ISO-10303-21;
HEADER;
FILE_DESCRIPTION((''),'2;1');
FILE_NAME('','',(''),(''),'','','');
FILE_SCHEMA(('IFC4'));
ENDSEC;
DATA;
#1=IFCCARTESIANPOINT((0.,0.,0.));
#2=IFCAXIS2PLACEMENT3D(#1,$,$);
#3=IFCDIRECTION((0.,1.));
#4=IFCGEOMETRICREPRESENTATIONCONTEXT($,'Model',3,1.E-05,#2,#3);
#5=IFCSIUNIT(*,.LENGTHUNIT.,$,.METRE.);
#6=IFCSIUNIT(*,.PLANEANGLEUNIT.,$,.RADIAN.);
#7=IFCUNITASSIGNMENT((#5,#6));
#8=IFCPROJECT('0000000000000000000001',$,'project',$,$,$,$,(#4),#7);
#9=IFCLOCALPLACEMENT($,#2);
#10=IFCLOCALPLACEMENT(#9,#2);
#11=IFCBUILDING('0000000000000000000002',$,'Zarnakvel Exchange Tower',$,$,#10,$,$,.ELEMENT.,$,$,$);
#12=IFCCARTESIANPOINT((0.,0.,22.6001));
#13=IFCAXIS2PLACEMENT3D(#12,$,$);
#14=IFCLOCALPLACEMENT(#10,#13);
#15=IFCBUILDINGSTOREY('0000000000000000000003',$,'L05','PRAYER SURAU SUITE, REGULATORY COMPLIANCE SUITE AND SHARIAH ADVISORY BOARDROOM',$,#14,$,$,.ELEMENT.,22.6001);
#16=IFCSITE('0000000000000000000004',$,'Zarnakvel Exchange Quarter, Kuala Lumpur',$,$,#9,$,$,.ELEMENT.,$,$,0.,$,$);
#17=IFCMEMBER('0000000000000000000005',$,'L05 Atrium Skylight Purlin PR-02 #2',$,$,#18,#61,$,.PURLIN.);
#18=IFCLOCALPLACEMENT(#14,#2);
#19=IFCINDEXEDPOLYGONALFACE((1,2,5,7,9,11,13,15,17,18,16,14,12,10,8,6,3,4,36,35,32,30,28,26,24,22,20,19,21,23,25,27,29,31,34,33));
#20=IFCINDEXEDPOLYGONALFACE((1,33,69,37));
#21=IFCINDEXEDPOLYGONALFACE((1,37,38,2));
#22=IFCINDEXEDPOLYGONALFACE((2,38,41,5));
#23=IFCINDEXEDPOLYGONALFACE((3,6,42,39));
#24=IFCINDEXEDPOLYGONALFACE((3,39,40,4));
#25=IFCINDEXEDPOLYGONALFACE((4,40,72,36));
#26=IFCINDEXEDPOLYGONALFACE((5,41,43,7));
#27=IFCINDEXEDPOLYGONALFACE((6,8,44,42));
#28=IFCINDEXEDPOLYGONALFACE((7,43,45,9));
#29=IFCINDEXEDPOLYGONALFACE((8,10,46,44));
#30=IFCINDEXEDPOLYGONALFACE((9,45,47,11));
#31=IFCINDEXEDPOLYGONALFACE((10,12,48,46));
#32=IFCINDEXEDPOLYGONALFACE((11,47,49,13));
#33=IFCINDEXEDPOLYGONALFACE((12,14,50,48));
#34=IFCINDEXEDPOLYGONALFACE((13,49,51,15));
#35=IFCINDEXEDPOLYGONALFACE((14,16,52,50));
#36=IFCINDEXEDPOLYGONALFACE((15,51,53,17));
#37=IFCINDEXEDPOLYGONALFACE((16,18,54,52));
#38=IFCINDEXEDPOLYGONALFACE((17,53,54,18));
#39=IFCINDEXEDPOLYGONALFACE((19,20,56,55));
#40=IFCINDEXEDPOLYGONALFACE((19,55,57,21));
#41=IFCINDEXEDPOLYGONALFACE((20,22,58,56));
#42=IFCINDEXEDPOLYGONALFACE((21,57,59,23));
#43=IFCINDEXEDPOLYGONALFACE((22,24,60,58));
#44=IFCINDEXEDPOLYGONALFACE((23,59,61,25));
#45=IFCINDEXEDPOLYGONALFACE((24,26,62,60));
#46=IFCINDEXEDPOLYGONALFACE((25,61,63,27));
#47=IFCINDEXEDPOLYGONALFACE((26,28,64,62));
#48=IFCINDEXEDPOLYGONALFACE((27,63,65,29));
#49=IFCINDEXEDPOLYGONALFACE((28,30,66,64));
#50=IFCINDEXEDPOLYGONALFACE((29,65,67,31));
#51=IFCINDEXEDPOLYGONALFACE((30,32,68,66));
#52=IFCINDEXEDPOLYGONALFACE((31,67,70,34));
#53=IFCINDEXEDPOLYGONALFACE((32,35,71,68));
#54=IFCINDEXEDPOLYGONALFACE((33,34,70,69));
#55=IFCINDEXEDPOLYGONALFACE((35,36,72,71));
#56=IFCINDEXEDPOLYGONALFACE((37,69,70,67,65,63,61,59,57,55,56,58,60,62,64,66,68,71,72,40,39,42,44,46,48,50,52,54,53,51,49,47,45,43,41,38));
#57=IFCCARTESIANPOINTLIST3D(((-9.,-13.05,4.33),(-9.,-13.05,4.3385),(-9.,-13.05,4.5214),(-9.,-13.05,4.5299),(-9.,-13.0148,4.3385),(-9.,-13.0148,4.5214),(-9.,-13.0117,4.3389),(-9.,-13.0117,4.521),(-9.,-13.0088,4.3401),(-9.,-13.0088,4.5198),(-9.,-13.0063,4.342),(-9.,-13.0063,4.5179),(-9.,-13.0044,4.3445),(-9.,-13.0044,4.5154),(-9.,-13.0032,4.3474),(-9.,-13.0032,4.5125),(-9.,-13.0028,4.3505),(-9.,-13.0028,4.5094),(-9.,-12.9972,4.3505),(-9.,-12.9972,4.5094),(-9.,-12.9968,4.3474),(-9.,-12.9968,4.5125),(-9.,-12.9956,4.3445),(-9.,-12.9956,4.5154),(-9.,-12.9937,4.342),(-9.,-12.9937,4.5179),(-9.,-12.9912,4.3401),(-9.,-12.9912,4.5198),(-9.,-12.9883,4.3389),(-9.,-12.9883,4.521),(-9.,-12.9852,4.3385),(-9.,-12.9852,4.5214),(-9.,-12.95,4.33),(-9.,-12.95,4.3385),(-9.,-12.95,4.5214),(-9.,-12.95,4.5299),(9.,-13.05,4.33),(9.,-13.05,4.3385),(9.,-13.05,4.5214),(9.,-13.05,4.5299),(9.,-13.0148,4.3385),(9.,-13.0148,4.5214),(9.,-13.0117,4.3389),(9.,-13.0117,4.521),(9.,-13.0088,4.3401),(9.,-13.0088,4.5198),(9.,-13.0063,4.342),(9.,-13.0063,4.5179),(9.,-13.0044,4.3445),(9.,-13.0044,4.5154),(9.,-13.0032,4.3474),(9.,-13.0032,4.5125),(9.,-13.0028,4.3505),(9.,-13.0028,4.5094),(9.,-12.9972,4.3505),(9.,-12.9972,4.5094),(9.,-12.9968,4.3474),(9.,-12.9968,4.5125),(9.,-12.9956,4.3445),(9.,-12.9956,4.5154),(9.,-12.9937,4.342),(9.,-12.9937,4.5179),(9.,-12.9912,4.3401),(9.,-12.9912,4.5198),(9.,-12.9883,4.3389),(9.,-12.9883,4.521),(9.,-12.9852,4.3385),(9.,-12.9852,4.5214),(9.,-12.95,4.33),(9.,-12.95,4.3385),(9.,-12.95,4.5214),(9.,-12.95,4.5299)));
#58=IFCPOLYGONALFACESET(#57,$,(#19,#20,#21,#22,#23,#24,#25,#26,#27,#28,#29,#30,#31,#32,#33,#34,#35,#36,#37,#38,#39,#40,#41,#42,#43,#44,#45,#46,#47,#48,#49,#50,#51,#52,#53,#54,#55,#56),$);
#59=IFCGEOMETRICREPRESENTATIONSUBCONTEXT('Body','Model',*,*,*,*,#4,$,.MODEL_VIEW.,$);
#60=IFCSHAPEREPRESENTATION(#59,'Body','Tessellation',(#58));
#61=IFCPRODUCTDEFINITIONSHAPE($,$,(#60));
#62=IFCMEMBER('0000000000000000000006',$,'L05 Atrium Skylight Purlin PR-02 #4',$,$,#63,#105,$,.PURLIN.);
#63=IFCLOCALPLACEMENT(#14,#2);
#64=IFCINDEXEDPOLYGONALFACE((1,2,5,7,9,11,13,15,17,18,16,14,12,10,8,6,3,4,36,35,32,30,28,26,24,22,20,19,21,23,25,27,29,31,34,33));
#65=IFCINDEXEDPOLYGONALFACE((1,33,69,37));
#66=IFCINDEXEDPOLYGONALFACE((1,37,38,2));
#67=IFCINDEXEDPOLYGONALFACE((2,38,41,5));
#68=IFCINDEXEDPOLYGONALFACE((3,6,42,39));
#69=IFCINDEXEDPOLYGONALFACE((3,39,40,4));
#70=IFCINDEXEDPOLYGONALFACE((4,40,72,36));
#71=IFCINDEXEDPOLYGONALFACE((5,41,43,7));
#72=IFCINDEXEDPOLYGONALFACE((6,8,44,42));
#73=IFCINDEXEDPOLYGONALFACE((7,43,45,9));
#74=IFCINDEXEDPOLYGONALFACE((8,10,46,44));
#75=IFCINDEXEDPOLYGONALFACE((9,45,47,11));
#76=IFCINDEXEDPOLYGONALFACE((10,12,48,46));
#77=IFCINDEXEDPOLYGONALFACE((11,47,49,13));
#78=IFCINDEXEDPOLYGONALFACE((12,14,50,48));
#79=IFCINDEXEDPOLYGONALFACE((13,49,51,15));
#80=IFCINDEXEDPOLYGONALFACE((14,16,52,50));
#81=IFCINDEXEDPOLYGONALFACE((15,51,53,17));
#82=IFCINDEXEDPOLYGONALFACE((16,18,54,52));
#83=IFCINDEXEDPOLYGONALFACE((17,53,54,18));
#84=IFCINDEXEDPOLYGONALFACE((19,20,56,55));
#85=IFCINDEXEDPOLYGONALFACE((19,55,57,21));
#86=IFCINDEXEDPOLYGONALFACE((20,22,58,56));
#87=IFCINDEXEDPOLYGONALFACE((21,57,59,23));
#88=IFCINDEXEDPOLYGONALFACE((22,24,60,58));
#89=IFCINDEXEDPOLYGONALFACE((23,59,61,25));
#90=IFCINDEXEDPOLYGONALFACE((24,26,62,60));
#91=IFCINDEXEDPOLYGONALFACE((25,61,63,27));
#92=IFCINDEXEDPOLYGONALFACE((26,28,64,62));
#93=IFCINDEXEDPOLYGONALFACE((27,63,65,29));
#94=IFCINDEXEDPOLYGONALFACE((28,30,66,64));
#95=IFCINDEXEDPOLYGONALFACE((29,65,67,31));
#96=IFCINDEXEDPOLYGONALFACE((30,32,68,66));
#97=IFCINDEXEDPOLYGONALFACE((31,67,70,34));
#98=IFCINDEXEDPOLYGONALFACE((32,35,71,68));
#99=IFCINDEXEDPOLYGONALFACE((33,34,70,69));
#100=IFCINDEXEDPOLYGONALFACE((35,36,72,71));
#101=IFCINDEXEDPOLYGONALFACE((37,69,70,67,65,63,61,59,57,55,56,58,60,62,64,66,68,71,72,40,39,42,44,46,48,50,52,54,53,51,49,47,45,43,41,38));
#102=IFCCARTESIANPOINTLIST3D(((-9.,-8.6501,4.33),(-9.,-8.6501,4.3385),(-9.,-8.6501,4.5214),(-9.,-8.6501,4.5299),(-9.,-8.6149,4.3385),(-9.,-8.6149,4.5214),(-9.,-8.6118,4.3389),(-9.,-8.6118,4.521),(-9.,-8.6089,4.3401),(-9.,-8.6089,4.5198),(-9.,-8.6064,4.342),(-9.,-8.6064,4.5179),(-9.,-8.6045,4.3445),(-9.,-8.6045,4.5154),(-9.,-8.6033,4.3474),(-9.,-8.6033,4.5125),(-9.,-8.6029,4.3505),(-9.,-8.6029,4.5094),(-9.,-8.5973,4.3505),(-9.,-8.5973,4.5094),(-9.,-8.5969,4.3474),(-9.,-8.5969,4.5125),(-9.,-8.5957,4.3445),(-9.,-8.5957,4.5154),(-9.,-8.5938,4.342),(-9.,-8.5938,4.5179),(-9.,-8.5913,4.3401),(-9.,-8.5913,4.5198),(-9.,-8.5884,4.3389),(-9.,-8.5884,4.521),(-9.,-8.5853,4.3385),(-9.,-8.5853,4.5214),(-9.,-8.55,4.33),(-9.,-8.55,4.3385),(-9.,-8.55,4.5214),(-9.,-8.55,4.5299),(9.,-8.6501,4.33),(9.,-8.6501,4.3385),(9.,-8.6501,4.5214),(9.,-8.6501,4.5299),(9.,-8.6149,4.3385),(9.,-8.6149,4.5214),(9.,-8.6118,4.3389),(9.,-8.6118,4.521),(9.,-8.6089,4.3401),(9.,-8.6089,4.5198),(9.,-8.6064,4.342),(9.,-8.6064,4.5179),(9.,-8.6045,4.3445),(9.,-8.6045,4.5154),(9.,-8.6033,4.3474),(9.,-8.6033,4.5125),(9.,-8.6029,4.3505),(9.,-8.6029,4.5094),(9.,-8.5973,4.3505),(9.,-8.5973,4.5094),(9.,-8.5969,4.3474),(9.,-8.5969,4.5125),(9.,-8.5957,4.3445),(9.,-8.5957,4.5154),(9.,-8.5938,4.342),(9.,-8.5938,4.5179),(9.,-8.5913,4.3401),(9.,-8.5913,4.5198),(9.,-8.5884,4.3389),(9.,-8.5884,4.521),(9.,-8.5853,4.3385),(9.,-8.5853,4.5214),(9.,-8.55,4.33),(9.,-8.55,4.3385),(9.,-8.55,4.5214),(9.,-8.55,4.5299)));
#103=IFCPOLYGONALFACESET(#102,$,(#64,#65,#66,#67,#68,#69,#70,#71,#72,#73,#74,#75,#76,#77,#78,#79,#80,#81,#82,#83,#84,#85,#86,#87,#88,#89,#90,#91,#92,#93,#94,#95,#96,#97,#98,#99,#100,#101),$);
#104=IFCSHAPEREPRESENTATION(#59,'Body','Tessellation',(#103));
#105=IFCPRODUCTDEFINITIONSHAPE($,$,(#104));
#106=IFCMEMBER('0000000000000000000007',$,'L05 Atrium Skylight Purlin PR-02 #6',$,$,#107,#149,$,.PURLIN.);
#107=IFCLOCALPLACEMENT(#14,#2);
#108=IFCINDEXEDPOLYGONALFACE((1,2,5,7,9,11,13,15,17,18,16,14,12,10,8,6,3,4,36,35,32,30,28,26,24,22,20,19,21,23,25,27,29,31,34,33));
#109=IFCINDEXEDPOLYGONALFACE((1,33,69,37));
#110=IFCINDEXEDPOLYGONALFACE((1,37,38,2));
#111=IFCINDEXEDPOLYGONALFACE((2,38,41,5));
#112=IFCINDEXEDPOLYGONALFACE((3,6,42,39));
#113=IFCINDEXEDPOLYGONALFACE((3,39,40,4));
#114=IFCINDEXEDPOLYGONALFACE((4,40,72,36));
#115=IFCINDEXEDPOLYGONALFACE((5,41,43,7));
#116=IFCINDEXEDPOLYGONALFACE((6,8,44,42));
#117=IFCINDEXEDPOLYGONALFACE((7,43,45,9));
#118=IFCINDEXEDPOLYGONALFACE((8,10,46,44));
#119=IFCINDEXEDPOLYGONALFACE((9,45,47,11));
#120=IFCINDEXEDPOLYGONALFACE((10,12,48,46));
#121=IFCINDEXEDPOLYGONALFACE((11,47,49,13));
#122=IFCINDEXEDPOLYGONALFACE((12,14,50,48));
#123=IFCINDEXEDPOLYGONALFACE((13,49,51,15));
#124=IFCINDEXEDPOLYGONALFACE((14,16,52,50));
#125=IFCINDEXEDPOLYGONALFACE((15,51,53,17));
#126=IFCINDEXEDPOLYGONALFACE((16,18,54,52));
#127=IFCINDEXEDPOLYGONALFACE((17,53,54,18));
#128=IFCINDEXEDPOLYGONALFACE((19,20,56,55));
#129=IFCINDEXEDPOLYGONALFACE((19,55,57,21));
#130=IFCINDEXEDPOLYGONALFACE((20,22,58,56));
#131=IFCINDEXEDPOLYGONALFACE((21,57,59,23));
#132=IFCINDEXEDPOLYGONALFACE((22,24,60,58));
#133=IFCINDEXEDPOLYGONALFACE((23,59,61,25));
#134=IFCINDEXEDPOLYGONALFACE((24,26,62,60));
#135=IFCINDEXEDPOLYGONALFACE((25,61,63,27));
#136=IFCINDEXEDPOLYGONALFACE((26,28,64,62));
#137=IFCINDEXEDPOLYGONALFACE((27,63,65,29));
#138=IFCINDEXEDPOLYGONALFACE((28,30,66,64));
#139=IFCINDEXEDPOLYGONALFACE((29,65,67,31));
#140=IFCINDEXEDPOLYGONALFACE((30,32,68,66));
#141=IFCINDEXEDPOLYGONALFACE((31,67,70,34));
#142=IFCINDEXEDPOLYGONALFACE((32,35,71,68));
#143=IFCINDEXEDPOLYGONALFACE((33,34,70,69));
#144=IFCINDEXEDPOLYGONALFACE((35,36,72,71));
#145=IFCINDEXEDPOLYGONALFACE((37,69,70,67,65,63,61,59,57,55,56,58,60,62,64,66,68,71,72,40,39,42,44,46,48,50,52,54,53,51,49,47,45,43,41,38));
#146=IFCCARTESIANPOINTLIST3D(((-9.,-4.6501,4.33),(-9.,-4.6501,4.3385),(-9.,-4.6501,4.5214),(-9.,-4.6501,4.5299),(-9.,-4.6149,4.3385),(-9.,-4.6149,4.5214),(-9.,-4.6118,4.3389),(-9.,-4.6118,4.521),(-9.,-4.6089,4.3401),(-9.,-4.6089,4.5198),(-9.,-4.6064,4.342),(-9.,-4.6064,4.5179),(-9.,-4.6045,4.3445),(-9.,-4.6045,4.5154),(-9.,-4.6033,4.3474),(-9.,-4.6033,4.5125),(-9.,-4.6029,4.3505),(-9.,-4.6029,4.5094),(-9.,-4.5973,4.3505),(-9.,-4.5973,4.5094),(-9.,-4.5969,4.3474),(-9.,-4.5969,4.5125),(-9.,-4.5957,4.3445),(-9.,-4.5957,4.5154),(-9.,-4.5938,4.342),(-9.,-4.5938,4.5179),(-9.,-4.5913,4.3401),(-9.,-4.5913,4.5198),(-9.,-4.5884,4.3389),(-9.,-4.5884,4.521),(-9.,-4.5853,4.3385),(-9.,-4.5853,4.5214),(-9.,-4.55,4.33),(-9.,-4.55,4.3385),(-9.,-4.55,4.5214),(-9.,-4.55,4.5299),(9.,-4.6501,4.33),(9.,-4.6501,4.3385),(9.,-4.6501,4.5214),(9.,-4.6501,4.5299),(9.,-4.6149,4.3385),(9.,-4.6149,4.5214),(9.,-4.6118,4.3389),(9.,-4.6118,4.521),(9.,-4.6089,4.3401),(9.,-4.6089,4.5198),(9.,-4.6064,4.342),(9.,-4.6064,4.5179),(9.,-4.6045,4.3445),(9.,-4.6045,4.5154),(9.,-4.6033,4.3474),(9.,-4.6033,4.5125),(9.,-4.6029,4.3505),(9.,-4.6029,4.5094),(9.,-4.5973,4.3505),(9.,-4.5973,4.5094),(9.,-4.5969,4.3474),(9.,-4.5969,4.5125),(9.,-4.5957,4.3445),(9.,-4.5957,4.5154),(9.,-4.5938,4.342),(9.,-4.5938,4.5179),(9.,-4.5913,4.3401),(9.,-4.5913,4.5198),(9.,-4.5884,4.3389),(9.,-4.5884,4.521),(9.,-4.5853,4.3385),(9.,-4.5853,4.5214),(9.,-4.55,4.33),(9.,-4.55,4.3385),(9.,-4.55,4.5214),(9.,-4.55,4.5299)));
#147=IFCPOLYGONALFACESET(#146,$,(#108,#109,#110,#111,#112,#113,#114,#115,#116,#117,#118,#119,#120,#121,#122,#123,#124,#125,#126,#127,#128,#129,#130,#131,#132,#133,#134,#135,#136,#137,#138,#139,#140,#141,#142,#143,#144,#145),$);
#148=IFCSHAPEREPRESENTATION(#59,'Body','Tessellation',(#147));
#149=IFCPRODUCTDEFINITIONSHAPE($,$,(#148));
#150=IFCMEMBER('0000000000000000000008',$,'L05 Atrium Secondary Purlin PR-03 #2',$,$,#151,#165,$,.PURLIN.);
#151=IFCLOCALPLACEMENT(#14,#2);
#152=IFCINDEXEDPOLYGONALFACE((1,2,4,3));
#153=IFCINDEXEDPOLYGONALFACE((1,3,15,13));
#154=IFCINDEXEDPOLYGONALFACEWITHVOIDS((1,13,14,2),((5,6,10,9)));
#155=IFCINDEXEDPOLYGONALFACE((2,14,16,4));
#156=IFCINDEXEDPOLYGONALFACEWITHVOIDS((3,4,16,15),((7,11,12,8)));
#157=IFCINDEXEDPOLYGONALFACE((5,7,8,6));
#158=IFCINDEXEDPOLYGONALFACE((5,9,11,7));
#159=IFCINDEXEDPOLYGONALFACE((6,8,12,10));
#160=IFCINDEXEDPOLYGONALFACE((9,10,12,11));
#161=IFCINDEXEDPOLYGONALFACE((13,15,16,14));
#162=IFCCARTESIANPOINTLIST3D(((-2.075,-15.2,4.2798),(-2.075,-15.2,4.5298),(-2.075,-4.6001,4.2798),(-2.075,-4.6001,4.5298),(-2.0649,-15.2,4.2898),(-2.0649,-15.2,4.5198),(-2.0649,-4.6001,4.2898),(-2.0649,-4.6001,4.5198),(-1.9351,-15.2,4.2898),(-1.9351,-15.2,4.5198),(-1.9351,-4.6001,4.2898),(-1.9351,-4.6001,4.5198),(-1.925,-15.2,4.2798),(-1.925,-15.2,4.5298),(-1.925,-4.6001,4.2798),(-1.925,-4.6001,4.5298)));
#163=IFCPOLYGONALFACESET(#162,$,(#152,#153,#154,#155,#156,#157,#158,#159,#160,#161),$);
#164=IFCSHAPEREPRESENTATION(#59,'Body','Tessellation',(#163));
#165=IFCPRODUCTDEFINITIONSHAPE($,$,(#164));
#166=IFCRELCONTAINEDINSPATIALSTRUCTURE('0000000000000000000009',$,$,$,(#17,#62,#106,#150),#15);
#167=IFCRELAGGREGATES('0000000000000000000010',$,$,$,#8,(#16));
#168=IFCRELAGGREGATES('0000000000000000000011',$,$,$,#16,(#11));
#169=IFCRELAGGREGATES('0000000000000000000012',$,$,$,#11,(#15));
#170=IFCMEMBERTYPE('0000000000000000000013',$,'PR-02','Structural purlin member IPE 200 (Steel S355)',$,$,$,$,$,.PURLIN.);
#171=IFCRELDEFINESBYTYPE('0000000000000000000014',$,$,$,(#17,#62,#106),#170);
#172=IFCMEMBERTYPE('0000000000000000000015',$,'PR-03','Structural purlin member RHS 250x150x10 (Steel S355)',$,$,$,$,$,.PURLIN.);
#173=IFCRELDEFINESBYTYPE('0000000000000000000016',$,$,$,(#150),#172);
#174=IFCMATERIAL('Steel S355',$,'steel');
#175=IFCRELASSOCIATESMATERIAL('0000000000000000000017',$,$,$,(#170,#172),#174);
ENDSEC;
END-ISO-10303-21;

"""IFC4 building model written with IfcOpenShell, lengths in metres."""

from ifc_helpers import new_model, si_unit, direction, frame, origin, origin_2d, place, context, subcontext, project, spatial, hollow_rectangle, i_section, extrude, source, transform, mapped, material, material_profile, profile_set, type_object, element, save


model = new_model("IFC4")

# Units and contexts
model_context = context("Model", 3, precision=1e-05, world=origin(), true_north=direction((0.0, 1.0)))
body_context = subcontext(model_context, "Body", "Model", "MODEL_VIEW")
ifc_project = project(units=[si_unit("LENGTHUNIT", "METRE"), si_unit("PLANEANGLEUNIT", "RADIAN")], contexts=[model_context])

# Site, building, storey
site_placement = place(None, origin())
site = spatial("IfcSite", under=ifc_project, at=site_placement, Name="Zarnakvel Exchange Quarter, Kuala Lumpur", CompositionType="ELEMENT", RefElevation=0.0)
building_placement = place(site_placement, origin())
building = spatial("IfcBuilding", under=site, at=building_placement, Name="Zarnakvel Exchange Tower", CompositionType="ELEMENT")
storey_placement = place(building_placement, frame((0.0, 0.0, 22.6001)))
storey = spatial("IfcBuildingStorey", under=building, at=storey_placement, Name="L05", Description="PRAYER SURAU SUITE, REGULATORY COMPLIANCE SUITE AND SHARIAH ADVISORY BOARDROOM", CompositionType="ELEMENT", Elevation=22.6001)

# Shared definitions
ifc_material_1 = material(Name="Steel S355", Category="steel")

# Members
ifc_material_profile_1 = material_profile(ifc_material_1, i_section(OverallWidth=0.1001, OverallDepth=0.2, WebThickness=0.0056, FlangeThickness=0.0085, FilletRadius=0.012, at=origin_2d()))
ifc_profile_set_1 = profile_set([ifc_material_profile_1], Name="Steel S355")
member_type_1 = type_object("IfcMemberType", Name="PR-02", Description="Structural purlin member IPE 200 (Steel S355)", PredefinedType="PURLIN", material=ifc_profile_set_1)
shared_shape_1 = source(origin(), body_context, "Body", "SweptSolid", [
    extrude(i_section(OverallWidth=0.1001, OverallDepth=0.2, WebThickness=0.0056, FlangeThickness=0.0085, FilletRadius=0.012, at=origin_2d()), origin(), (0.0, 0.0, 1.0), 18.0),
])
for number, where, z_axis, x_axis, name in (
    (1, (-9.0, -13.0, 4.4299), (1.0, 0.0, 0.0), (0.0, 1.0, 0.0), "L05 Atrium Skylight Purlin PR-02 #2"),
    (2, (-9.0, -8.6001, 4.4299), (1.0, 0.0, 0.0), (0.0, 1.0, 0.0), "L05 Atrium Skylight Purlin PR-02 #4"),
    (3, (-9.0, -4.6001, 4.4299), (1.0, 0.0, 0.0), (0.0, 1.0, 0.0), "L05 Atrium Skylight Purlin PR-02 #6"),
):
    element("IfcMember", number, at=place(storey_placement, frame(where, z_axis=z_axis, x_axis=x_axis)), inside=storey, type_object=member_type_1, Name=name, PredefinedType="PURLIN", context=body_context, shape_type="MappedRepresentation", body=[
        mapped(shared_shape_1, transform((0.0, 0.0, 0.0), x_axis=(1.0, 0.0, 0.0), y_axis=(0.0, 1.0, 0.0), z_axis=(0.0, 0.0, 1.0), scale=1.0)),
    ])
ifc_material_profile_2 = material_profile(ifc_material_1, hollow_rectangle(XDim=0.1499, YDim=0.25, WallThickness=0.01, at=origin_2d()))
ifc_profile_set_2 = profile_set([ifc_material_profile_2], Name="Steel S355")
member_type_2 = type_object("IfcMemberType", Name="PR-03", Description="Structural purlin member RHS 250x150x10 (Steel S355)", PredefinedType="PURLIN", material=ifc_profile_set_2)
shared_shape_2 = source(origin(), body_context, "Body", "SweptSolid", [
    extrude(hollow_rectangle(XDim=0.1499, YDim=0.25, WallThickness=0.01, at=origin_2d()), origin(), (0.0, 0.0, 1.0), 10.5999),
])
member_1_placement = place(storey_placement, frame((-2.0, -15.2, 4.4048), z_axis=(0.0, 1.0, 0.0), x_axis=(-1.0, 0.0, 0.0)))
element("IfcMember", 4, at=member_1_placement, inside=storey, type_object=member_type_2, Name="L05 Atrium Secondary Purlin PR-03 #2", PredefinedType="PURLIN", context=body_context, shape_type="MappedRepresentation", body=[
    mapped(shared_shape_2, transform((0.0, 0.0, 0.0), x_axis=(1.0, 0.0, 0.0), y_axis=(0.0, 1.0, 0.0), z_axis=(0.0, 0.0, 1.0), scale=1.0)),
])

save(model, "model.ifc")
